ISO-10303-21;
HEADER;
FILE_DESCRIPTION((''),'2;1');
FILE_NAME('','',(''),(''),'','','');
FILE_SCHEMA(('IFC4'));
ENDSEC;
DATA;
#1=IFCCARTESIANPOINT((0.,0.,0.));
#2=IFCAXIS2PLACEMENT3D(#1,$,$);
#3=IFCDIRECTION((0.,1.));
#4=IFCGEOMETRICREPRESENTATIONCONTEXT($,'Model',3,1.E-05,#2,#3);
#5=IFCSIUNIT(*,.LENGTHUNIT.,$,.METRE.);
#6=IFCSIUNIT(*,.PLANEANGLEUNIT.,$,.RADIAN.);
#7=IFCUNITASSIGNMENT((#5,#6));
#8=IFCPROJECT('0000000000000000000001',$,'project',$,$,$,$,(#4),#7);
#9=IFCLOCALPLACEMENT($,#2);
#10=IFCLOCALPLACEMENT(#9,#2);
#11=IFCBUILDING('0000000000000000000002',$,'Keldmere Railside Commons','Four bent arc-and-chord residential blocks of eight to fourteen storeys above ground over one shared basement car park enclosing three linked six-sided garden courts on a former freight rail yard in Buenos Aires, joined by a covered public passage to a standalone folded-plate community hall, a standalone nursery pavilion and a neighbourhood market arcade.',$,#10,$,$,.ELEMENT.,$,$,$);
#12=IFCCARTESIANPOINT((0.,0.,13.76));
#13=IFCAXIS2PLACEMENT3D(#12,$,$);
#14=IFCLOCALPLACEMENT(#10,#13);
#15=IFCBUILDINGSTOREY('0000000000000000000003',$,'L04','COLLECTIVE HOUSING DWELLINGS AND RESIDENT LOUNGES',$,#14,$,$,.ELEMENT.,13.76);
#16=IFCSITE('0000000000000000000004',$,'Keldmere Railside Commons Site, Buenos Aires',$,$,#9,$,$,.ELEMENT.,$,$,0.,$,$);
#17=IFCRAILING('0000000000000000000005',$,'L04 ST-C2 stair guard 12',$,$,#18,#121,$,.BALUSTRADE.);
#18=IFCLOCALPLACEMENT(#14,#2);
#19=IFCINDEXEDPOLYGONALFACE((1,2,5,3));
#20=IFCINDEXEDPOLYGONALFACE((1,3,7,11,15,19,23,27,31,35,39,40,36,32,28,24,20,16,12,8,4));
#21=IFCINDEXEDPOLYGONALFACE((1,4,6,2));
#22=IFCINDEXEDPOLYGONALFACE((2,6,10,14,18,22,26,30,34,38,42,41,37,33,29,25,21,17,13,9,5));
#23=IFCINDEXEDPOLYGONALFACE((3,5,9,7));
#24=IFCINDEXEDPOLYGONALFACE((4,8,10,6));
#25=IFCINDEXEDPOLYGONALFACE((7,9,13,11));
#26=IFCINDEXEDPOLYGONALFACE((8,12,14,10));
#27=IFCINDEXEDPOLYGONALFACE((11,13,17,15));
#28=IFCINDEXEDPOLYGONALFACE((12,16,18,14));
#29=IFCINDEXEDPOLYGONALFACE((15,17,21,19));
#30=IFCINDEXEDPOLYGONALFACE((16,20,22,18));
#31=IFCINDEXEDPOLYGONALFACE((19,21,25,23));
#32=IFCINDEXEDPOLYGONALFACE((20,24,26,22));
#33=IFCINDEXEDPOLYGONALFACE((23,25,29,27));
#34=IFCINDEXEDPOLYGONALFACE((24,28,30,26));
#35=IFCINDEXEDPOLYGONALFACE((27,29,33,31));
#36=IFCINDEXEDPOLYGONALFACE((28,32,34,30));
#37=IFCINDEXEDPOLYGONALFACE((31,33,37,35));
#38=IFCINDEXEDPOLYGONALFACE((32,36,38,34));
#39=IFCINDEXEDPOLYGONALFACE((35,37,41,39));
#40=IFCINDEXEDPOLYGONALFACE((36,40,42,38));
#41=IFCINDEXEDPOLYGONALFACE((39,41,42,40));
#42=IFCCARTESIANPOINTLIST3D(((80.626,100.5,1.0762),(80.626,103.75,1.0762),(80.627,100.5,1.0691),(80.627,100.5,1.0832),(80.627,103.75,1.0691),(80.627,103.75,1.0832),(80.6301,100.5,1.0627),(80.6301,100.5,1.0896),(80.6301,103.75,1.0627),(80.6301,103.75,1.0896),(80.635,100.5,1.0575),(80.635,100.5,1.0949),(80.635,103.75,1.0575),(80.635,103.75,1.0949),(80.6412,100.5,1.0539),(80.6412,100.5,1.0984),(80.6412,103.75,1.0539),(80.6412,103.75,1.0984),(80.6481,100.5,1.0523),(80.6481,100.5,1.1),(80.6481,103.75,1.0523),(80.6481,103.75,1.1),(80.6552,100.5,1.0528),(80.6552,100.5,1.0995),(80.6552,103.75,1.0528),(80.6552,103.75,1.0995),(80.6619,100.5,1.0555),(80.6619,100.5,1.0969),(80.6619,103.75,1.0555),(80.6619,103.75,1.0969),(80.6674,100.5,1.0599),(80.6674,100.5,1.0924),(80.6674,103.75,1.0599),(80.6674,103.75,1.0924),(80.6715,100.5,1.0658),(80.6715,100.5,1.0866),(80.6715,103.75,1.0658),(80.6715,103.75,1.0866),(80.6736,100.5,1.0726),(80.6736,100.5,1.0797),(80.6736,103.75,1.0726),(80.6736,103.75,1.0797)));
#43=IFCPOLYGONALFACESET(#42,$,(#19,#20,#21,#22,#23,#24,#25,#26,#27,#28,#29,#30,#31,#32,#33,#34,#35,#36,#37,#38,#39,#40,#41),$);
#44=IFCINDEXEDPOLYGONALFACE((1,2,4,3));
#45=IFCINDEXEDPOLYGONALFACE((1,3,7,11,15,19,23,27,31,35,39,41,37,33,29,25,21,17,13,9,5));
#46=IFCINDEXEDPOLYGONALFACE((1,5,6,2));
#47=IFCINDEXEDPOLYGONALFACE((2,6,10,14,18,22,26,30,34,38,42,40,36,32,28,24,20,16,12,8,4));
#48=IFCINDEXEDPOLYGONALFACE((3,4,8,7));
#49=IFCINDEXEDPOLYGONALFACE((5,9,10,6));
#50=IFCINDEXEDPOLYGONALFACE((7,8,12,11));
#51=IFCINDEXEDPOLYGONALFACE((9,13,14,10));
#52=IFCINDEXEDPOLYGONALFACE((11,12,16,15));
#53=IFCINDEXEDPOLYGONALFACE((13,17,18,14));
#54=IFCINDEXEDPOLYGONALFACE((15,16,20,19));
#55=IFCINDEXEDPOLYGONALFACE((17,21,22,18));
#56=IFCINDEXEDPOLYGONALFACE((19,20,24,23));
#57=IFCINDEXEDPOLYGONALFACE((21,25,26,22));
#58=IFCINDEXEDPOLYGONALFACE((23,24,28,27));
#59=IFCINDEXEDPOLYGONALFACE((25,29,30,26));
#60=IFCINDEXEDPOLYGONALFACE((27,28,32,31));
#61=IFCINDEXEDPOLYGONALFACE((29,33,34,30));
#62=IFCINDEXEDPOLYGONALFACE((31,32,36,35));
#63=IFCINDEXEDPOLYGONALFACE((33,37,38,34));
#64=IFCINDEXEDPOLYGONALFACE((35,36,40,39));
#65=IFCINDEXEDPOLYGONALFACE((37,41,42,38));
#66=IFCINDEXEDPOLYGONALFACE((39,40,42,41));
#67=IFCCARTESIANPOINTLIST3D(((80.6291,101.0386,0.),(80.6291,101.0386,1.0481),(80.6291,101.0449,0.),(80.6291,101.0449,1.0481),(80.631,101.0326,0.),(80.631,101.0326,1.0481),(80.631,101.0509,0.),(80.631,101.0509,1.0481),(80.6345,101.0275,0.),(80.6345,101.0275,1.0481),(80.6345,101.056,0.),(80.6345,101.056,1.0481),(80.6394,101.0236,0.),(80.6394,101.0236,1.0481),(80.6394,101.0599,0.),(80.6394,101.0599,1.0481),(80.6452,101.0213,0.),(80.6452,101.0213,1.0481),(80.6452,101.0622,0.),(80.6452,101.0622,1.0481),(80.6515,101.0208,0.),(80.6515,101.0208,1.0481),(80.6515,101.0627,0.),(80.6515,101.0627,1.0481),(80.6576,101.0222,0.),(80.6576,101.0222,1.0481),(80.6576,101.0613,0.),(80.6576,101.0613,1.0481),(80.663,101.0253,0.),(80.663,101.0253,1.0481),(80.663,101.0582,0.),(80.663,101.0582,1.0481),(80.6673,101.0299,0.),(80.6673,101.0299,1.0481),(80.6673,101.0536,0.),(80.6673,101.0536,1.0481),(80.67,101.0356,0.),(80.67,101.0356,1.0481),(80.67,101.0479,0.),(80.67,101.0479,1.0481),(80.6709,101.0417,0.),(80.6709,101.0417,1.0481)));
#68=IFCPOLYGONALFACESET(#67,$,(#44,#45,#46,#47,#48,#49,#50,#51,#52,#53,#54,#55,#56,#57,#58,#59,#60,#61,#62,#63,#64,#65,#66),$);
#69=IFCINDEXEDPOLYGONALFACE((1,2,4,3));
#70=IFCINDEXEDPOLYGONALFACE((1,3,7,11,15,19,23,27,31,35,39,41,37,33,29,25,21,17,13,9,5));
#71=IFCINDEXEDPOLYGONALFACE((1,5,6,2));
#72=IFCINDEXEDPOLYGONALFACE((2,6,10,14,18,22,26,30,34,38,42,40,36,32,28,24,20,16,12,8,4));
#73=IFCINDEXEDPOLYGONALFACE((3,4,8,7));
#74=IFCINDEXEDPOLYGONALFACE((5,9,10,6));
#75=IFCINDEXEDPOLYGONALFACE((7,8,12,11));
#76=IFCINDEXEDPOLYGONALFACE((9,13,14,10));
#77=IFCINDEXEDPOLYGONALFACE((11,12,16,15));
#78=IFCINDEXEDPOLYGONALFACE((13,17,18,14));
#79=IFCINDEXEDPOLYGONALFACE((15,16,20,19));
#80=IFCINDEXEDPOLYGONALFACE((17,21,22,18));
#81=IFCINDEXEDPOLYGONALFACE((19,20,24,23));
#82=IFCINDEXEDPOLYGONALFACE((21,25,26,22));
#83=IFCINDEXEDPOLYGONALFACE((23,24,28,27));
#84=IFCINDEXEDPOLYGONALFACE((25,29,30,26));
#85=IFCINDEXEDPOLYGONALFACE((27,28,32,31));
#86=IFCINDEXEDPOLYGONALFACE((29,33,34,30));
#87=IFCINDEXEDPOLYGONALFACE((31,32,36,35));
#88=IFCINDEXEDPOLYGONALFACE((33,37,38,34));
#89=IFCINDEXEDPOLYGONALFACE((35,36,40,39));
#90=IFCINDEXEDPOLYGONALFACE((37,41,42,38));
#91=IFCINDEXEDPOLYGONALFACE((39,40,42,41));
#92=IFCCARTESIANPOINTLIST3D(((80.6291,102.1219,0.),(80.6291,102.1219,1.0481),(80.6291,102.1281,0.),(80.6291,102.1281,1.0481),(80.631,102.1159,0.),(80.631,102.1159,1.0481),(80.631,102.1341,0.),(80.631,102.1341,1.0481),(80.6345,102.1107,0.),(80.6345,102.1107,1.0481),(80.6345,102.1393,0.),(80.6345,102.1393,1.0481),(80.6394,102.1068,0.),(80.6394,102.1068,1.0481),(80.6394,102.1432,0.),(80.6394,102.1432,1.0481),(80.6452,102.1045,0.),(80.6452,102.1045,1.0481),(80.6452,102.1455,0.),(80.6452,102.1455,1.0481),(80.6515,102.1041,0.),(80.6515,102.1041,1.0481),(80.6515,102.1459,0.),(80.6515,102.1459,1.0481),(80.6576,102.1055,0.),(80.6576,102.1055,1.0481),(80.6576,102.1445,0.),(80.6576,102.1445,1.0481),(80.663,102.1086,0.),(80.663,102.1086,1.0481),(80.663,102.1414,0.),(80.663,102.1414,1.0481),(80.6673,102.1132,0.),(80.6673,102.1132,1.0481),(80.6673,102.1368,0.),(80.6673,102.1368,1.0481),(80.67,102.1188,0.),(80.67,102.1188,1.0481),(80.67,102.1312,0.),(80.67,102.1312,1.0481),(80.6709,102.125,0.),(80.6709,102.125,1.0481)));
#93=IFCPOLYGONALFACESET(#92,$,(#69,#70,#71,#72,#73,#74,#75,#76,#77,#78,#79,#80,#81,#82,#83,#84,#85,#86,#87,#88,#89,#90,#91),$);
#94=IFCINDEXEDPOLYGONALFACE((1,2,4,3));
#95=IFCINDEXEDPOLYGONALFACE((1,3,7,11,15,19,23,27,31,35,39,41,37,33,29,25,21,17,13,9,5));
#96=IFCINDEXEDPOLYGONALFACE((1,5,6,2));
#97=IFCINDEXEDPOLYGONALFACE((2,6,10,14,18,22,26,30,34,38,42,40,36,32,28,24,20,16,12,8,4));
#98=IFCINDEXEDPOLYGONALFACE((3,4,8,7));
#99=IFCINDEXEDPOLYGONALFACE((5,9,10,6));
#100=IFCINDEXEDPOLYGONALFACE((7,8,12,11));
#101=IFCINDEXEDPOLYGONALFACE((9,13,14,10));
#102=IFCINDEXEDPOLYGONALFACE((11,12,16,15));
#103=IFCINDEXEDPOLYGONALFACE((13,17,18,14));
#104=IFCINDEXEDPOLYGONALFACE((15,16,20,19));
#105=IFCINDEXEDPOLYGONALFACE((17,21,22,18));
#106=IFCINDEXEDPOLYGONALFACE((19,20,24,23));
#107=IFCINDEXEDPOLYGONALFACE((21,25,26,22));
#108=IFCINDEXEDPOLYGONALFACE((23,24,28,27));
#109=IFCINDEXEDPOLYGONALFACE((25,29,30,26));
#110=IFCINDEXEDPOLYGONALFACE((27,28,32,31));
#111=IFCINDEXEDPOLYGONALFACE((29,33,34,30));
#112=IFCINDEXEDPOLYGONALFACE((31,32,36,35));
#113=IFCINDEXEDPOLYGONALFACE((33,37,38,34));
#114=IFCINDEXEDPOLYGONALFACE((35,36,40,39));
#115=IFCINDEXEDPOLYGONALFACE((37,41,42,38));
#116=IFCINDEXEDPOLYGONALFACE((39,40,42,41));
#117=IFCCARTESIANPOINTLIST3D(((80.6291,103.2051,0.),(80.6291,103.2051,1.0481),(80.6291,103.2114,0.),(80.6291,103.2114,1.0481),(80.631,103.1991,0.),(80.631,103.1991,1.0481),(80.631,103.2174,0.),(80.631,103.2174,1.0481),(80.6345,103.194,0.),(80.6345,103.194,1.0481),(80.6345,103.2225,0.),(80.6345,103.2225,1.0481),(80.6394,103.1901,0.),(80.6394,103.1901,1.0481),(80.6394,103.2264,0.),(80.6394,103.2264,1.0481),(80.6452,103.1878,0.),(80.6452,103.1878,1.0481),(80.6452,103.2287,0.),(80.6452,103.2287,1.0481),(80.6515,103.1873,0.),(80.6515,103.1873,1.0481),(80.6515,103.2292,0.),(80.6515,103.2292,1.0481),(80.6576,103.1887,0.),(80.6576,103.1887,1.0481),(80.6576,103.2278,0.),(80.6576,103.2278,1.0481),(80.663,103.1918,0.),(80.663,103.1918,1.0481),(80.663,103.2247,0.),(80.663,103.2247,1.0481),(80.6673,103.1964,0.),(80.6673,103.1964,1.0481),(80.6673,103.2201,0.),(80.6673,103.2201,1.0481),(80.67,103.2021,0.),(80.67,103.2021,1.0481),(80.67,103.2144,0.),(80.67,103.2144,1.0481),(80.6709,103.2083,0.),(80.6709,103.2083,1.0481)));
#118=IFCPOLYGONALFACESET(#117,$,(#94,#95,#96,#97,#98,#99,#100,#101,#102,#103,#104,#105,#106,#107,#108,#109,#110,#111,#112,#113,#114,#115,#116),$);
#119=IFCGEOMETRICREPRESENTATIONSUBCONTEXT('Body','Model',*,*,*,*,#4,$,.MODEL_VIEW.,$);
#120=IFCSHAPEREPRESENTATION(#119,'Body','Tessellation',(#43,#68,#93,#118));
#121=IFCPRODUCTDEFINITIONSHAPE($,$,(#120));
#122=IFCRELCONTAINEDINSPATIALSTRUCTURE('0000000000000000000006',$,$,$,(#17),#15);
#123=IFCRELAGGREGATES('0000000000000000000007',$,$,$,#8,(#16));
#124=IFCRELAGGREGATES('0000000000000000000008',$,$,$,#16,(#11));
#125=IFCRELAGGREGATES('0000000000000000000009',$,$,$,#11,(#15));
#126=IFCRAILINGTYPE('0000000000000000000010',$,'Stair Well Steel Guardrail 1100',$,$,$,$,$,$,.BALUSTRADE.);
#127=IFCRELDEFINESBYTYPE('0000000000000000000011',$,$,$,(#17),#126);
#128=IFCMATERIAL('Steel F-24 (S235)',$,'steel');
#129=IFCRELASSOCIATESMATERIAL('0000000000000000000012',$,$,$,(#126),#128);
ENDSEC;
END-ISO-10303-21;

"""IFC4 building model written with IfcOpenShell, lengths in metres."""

from ifc_helpers import new_model, si_unit, direction, frame, origin, origin_2d, place, context, subcontext, project, spatial, circle, extrude, material, type_object, element, save


model = new_model("IFC4")

# Units and contexts
model_context = context("Model", 3, precision=1e-05, world=origin(), true_north=direction((0.0, 1.0)))
body_context = subcontext(model_context, "Body", "Model", "MODEL_VIEW")
ifc_project = project(units=[si_unit("LENGTHUNIT", "METRE"), si_unit("PLANEANGLEUNIT", "RADIAN")], contexts=[model_context])

# Site, building, storey
site_placement = place(None, origin())
site = spatial("IfcSite", under=ifc_project, at=site_placement, Name="Keldmere Railside Commons Site, Buenos Aires", CompositionType="ELEMENT", RefElevation=0.0)
building_placement = place(site_placement, origin())
building = spatial("IfcBuilding", under=site, at=building_placement, Name="Keldmere Railside Commons", Description="Four bent arc-and-chord residential blocks of eight to fourteen storeys above ground over one shared basement car park enclosing three linked six-sided garden courts on a former freight rail yard in Buenos Aires, joined by a covered public passage to a standalone folded-plate community hall, a standalone nursery pavilion and a neighbourhood market arcade.", CompositionType="ELEMENT")
storey_placement = place(building_placement, frame((0.0, 0.0, 13.76)))
storey = spatial("IfcBuildingStorey", under=building, at=storey_placement, Name="L04", Description="COLLECTIVE HOUSING DWELLINGS AND RESIDENT LOUNGES", CompositionType="ELEMENT", Elevation=13.76)

# Railing
ifc_material_1 = material(Name="Steel F-24 (S235)", Category="steel")
railing_type_1 = type_object("IfcRailingType", Name="Stair Well Steel Guardrail 1100", PredefinedType="BALUSTRADE", material=ifc_material_1)
railing_1_placement = place(storey_placement, frame((80.6499, 100.5, 0.0)))
element("IfcRailing", 1, at=railing_1_placement, inside=storey, type_object=railing_type_1, Name="L04 ST-C2 stair guard 12", PredefinedType="BALUSTRADE", context=body_context, shape_type="SweptSolid", body=[
    extrude(circle(Radius=0.0239, at=origin_2d()), frame((0.0, 0.0, 1.0762), z_axis=(0.0, 1.0, 0.0), x_axis=(-1.0, 0.0, 0.0)), (0.0, 0.0, 1.0), 3.25),
    extrude(circle(Radius=0.021, at=origin_2d()), frame((0.0, 0.5417, 0.0)), (0.0, 0.0, 1.0), 1.0481),
    extrude(circle(Radius=0.021, at=origin_2d()), frame((0.0, 1.625, 0.0)), (0.0, 0.0, 1.0), 1.0481),
    extrude(circle(Radius=0.021, at=origin_2d()), frame((0.0, 2.7083, 0.0)), (0.0, 0.0, 1.0), 1.0481),
])

save(model, "model.ifc")
